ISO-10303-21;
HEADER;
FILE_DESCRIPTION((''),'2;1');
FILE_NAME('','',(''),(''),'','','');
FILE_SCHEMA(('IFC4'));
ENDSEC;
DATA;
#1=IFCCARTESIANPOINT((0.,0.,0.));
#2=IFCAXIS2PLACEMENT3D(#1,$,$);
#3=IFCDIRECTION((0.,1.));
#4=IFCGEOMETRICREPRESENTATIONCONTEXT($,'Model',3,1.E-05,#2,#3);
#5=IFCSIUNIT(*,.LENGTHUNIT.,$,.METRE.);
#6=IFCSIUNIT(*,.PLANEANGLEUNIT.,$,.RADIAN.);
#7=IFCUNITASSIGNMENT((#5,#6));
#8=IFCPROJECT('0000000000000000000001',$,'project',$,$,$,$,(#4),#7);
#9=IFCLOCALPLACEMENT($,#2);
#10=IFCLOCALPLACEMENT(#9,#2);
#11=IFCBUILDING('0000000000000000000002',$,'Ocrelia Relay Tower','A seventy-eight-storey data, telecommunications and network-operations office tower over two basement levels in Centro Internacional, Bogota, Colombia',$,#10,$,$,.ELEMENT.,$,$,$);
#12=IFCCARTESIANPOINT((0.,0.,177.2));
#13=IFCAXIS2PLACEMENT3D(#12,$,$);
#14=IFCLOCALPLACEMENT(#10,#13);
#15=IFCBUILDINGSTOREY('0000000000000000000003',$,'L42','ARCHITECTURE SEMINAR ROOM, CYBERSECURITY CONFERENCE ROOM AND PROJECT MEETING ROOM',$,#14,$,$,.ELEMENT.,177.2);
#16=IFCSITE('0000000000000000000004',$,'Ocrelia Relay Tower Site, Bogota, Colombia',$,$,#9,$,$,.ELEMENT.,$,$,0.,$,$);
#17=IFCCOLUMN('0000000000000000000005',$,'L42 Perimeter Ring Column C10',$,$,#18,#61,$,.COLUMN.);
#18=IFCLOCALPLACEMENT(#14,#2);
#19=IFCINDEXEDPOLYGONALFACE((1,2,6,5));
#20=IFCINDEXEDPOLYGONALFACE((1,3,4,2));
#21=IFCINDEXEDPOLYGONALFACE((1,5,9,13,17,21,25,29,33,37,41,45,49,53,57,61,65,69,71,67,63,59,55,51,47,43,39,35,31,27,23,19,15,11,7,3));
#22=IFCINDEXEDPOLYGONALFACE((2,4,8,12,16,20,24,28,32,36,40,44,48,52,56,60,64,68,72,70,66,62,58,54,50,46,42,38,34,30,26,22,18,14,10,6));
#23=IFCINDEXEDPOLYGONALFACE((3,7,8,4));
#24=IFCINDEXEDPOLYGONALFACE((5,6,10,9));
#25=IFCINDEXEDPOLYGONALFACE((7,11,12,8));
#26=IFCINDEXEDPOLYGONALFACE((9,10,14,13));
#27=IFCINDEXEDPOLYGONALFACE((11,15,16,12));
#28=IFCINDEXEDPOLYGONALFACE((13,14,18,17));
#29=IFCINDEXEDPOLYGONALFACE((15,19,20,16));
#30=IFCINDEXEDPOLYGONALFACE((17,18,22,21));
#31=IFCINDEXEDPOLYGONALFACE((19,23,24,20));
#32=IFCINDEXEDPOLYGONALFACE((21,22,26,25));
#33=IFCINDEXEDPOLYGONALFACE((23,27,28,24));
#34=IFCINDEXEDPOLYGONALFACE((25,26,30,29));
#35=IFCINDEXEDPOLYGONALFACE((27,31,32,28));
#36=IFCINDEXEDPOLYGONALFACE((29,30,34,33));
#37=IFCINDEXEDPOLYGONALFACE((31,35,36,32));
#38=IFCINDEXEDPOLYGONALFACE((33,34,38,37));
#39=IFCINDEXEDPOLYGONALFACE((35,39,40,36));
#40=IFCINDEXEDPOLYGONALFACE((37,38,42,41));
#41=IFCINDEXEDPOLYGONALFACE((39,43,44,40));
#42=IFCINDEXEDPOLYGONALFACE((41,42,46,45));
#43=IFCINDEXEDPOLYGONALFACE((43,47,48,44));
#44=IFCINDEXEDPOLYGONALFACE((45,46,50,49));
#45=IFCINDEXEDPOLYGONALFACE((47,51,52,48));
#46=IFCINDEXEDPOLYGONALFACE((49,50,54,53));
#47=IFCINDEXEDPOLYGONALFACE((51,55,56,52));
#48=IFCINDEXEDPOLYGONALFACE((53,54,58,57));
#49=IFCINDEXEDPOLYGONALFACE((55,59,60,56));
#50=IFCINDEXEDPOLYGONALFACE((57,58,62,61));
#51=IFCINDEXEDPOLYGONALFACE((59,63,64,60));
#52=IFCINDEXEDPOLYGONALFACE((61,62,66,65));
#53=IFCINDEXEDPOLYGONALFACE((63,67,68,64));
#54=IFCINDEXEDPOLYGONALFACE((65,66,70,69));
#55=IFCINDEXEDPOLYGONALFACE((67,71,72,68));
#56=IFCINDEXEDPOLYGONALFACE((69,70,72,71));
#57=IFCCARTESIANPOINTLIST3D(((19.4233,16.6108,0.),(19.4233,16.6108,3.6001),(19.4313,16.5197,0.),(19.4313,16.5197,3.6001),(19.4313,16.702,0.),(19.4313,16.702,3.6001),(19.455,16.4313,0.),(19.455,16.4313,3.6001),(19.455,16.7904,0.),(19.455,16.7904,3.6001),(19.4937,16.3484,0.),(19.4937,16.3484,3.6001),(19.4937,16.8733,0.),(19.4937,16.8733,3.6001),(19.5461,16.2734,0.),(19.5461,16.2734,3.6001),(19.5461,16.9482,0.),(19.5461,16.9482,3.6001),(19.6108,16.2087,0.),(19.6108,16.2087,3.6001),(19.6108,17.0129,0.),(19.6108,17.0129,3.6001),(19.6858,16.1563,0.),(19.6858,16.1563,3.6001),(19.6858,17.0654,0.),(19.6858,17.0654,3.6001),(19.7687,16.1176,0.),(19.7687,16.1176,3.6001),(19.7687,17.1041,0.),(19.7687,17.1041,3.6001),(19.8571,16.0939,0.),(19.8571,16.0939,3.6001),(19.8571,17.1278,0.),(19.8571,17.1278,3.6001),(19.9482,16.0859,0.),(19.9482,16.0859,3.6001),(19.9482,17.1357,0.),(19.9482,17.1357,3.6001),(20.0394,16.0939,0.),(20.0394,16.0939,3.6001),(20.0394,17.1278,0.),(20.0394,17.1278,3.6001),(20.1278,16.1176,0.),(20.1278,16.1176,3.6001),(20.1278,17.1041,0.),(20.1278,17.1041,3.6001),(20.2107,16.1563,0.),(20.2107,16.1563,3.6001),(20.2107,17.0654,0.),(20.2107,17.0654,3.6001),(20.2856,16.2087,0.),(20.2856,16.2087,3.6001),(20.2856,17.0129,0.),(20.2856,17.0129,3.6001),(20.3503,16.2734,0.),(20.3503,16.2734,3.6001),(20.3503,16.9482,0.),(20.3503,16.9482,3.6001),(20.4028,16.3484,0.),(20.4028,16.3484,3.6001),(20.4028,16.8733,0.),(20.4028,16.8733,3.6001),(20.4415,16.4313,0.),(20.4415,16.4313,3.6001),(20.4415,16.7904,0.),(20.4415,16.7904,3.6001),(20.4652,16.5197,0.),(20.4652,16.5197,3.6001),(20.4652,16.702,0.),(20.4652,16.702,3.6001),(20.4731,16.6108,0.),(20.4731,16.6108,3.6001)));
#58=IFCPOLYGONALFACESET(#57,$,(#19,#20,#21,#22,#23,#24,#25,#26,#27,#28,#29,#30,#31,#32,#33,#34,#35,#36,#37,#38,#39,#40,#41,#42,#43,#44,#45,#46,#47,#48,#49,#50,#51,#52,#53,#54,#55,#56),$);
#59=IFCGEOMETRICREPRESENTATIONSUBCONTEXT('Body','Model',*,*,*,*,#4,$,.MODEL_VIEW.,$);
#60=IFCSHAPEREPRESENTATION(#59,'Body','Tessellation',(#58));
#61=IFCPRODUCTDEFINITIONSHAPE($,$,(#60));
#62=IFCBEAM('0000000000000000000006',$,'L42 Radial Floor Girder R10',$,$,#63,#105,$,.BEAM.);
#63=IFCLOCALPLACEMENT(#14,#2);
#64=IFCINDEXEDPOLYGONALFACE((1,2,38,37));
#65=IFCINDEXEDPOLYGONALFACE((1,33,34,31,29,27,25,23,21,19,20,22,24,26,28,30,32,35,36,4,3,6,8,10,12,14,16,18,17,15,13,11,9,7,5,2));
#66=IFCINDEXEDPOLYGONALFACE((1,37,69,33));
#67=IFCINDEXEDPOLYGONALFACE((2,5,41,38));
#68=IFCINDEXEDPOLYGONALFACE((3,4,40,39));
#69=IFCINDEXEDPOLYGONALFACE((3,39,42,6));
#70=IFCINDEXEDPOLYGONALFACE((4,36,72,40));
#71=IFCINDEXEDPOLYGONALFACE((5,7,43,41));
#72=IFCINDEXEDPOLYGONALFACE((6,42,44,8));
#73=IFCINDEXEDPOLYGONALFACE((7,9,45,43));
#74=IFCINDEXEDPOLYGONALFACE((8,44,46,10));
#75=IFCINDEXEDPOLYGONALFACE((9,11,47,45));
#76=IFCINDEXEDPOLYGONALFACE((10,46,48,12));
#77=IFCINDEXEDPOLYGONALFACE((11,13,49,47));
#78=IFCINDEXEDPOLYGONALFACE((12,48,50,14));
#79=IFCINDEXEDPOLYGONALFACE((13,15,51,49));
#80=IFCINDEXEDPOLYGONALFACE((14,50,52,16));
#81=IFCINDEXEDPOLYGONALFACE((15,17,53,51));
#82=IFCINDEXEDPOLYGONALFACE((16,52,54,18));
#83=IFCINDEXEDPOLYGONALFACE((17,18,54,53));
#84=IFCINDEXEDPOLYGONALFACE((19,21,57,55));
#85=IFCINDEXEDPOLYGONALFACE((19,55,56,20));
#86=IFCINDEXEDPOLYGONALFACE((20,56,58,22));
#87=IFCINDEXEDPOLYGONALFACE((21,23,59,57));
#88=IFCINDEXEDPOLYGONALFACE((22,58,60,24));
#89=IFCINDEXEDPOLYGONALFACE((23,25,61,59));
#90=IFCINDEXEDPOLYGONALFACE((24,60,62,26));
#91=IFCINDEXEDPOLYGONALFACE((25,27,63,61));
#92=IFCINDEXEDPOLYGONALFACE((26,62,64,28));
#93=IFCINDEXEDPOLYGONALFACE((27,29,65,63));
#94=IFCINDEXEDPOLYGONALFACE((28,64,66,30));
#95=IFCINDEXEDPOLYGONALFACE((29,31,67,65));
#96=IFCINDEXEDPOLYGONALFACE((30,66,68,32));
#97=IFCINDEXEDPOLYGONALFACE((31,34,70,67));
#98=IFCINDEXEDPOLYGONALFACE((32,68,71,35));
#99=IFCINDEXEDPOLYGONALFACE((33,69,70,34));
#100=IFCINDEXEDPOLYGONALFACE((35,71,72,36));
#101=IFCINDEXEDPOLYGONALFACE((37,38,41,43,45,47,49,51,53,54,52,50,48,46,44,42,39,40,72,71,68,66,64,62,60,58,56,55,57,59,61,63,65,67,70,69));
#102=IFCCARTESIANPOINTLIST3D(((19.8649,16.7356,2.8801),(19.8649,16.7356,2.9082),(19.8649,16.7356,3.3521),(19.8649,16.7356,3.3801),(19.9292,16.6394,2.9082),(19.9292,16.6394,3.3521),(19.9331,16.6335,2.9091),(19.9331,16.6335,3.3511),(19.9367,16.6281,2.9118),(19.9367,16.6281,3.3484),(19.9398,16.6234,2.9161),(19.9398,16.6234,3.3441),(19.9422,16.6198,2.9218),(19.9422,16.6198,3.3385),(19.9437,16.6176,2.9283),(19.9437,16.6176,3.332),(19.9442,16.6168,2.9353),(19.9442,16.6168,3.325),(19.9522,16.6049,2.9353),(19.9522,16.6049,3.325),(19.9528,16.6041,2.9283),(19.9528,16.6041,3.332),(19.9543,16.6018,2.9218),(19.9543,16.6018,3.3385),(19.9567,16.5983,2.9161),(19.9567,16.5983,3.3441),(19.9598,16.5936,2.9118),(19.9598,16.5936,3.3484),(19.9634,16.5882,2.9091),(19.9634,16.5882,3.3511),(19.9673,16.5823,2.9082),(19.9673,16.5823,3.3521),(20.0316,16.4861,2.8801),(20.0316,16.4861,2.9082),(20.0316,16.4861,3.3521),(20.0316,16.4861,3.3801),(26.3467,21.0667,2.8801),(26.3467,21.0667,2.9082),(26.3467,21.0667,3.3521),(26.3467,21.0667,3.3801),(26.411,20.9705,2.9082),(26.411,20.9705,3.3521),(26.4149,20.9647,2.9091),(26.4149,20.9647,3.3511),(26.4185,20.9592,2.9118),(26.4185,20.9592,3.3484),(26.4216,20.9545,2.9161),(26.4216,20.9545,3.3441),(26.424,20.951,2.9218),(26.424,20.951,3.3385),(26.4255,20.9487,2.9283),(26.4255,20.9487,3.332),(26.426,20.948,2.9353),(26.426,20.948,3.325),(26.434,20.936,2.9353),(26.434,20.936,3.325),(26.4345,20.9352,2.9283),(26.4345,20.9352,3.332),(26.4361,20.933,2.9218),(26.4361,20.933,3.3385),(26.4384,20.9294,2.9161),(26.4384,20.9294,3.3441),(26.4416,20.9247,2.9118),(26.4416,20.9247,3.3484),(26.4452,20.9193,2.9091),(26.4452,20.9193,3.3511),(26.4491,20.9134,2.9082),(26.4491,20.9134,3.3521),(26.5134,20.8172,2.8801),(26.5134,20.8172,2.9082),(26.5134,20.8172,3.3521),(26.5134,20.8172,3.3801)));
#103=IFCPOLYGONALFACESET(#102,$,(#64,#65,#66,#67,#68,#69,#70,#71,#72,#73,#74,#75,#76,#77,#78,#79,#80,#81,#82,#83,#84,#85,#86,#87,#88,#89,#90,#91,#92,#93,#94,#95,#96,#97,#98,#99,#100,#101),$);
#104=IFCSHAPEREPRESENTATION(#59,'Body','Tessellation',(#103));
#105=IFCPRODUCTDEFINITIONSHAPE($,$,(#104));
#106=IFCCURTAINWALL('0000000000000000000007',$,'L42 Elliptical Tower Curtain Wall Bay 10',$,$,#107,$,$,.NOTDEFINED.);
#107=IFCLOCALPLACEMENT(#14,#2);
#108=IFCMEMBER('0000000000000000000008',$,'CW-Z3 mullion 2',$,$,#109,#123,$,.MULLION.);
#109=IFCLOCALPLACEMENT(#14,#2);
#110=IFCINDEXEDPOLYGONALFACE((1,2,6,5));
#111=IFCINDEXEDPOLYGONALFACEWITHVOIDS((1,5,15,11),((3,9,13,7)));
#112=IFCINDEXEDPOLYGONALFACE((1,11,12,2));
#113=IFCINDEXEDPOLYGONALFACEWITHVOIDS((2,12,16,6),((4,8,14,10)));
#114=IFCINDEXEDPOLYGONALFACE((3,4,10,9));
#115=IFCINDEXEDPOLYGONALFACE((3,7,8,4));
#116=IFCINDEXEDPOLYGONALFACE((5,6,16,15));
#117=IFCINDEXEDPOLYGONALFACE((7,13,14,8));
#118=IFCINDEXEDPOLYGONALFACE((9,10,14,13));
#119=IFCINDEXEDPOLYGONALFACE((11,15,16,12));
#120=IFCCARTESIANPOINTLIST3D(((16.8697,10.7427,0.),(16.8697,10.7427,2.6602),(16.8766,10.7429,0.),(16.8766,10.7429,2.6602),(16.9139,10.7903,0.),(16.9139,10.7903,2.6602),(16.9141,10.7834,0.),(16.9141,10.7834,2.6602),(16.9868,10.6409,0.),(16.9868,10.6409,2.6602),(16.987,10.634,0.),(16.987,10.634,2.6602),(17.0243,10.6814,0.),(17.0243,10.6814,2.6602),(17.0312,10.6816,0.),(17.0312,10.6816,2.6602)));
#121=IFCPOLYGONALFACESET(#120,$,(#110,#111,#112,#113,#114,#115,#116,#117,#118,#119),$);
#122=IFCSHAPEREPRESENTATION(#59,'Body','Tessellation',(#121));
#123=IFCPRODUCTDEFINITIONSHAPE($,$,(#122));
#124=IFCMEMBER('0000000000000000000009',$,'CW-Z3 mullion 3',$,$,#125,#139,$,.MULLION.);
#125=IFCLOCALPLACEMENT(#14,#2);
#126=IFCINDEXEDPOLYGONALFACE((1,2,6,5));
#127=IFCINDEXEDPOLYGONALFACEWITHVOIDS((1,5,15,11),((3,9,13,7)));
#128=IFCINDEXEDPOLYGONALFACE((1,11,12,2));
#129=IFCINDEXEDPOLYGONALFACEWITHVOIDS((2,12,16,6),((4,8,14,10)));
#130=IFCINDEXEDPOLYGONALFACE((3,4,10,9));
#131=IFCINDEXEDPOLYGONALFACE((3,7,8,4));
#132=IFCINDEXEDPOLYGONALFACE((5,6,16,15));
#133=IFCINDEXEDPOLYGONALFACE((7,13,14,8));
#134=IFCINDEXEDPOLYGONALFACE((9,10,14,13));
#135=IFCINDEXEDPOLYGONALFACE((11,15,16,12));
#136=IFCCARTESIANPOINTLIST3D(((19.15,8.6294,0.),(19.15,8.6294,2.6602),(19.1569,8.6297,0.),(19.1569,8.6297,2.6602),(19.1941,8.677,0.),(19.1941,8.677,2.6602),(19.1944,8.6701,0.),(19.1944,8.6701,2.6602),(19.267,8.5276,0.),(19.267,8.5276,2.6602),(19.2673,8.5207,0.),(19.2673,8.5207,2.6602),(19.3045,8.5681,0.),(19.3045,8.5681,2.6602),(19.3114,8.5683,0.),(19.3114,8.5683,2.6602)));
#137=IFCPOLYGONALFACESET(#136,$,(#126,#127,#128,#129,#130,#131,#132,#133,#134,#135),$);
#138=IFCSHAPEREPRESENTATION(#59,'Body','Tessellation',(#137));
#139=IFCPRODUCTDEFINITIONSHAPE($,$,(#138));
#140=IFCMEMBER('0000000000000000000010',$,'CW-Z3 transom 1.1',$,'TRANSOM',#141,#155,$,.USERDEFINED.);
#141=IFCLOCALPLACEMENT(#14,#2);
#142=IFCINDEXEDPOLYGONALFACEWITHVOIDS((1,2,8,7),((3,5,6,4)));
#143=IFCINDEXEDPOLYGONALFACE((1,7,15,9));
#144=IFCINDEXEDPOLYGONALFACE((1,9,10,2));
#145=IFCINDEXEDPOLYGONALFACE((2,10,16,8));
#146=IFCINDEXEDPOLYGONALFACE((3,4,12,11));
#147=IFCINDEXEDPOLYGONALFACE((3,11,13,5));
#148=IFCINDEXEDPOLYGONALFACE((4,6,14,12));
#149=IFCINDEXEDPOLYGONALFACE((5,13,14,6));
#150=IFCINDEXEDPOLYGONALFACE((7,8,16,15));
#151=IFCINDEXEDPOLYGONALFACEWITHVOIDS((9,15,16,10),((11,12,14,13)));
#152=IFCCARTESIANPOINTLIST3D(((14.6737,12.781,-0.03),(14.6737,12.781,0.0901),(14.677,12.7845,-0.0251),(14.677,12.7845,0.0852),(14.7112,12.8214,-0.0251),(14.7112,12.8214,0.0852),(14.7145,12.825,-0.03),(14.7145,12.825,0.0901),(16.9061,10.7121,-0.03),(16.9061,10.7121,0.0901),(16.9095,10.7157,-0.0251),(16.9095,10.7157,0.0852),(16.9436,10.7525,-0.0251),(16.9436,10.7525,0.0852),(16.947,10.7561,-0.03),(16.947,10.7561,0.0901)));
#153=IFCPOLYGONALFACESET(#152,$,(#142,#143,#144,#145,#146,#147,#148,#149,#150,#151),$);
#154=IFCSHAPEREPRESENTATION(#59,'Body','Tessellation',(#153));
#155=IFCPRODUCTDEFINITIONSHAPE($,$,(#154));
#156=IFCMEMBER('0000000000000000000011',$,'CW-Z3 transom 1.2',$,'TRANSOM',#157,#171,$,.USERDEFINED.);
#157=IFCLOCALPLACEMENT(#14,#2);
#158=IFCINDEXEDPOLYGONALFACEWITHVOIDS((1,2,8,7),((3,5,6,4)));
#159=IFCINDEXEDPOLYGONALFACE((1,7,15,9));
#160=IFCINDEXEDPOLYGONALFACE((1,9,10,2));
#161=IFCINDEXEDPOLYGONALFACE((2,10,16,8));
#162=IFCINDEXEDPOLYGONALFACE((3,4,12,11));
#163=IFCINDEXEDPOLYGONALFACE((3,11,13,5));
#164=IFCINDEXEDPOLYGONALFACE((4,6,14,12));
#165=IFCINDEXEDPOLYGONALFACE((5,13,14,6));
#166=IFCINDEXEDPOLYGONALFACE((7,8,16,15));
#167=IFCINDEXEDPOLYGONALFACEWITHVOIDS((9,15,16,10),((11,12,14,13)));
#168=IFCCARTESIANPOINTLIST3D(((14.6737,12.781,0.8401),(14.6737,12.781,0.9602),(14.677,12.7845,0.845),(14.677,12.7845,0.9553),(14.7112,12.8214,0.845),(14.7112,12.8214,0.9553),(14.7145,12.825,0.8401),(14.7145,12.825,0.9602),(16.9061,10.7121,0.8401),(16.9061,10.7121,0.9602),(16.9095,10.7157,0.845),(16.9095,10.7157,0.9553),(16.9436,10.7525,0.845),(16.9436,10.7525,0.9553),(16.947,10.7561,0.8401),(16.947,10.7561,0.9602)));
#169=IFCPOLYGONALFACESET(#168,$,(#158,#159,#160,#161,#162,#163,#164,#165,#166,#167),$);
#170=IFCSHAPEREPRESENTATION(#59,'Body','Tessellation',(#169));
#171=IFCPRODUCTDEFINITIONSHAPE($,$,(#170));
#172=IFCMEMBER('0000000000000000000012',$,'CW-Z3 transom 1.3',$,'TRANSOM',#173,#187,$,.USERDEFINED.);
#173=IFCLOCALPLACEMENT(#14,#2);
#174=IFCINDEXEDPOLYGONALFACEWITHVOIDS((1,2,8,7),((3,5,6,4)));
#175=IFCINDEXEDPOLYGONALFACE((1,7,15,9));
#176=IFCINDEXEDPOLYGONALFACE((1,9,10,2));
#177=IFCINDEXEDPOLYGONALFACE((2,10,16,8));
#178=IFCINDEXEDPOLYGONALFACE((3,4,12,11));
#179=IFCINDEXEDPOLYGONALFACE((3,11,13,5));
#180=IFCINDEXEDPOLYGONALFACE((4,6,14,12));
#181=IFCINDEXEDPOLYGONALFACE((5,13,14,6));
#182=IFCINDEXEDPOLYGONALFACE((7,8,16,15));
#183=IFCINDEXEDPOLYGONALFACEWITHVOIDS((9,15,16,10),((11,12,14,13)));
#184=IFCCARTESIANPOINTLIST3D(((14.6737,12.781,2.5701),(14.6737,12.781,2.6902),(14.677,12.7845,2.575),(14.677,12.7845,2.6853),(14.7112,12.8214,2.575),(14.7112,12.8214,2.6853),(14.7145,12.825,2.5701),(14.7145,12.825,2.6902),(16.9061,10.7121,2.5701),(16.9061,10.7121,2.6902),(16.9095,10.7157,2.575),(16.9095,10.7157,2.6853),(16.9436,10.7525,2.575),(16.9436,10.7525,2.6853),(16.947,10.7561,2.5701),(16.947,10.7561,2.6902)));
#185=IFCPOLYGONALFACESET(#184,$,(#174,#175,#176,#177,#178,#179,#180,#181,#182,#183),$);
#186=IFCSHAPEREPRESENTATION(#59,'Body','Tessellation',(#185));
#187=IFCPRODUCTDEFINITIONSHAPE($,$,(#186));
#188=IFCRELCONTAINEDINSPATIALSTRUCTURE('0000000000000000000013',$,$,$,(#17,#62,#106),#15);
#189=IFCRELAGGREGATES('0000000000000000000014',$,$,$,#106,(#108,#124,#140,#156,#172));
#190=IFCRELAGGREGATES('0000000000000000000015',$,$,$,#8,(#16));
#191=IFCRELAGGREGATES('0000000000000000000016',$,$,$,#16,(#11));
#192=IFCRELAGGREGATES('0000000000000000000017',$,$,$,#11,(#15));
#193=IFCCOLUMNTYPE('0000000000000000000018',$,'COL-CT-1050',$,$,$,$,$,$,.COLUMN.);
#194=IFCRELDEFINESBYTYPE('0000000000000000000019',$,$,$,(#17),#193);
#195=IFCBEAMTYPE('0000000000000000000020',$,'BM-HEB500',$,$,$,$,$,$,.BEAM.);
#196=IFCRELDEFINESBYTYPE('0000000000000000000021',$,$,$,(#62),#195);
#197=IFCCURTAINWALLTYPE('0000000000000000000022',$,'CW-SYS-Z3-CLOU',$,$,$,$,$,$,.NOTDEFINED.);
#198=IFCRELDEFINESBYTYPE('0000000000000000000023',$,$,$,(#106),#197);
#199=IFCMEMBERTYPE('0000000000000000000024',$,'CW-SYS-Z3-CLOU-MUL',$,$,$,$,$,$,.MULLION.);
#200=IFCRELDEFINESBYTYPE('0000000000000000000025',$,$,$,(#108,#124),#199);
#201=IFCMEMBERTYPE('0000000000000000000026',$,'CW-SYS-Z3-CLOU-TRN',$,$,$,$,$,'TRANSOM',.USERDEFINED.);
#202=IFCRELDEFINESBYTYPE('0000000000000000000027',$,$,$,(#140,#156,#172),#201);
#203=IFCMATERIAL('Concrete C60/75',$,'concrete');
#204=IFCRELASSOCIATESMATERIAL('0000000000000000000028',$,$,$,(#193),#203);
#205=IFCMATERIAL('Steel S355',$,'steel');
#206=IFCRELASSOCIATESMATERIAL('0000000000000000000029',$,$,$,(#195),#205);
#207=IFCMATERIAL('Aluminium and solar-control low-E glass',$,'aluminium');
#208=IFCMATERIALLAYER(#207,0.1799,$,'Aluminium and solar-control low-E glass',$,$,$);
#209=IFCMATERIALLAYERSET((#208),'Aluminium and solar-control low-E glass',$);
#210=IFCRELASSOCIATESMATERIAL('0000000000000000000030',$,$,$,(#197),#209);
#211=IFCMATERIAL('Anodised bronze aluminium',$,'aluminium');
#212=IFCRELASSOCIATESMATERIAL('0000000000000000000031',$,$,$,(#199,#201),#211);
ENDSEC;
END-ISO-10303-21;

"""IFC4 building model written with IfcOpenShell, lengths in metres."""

from ifc_helpers import new_model, si_unit, direction, frame, origin, origin_2d, place, context, subcontext, project, spatial, hollow_rectangle, circle, i_section, extrude, material, layer, layer_set, material_profile, profile_set, type_object, element, aggregate, save


model = new_model("IFC4")

# Units and contexts
model_context = context("Model", 3, precision=1e-05, world=origin(), true_north=direction((0.0, 1.0)))
body_context = subcontext(model_context, "Body", "Model", "MODEL_VIEW")
ifc_project = project(units=[si_unit("LENGTHUNIT", "METRE"), si_unit("PLANEANGLEUNIT", "RADIAN")], contexts=[model_context])

# Site, building, storey
site_placement = place(None, origin())
site = spatial("IfcSite", under=ifc_project, at=site_placement, Name="Ocrelia Relay Tower Site, Bogota, Colombia", CompositionType="ELEMENT", RefElevation=0.0)
building_placement = place(site_placement, origin())
building = spatial("IfcBuilding", under=site, at=building_placement, Name="Ocrelia Relay Tower", Description="A seventy-eight-storey data, telecommunications and network-operations office tower over two basement levels in Centro Internacional, Bogota, Colombia", CompositionType="ELEMENT")
storey_placement = place(building_placement, frame((0.0, 0.0, 177.2)))
storey = spatial("IfcBuildingStorey", under=building, at=storey_placement, Name="L42", Description="ARCHITECTURE SEMINAR ROOM, CYBERSECURITY CONFERENCE ROOM AND PROJECT MEETING ROOM", CompositionType="ELEMENT", Elevation=177.2)

# Column
ifc_material_1 = material(Name="Concrete C60/75", Category="concrete")
ifc_material_profile_1 = material_profile(ifc_material_1, circle(Radius=0.5249, at=origin_2d()), Name="RC-CIR-1050")
ifc_profile_set_1 = profile_set([ifc_material_profile_1], Name="Concrete C60/75")
column_type = type_object("IfcColumnType", Name="COL-CT-1050", PredefinedType="COLUMN", material=ifc_profile_set_1)
column_placement = place(storey_placement, frame((19.9482, 16.6108, 0.0), z_axis=(0.0, 0.0, 1.0), x_axis=(1.0, 0.0, 0.0)))
element("IfcColumn", 1, at=column_placement, inside=storey, type_object=column_type, Name="L42 Perimeter Ring Column C10", PredefinedType="COLUMN", context=body_context, shape_type="SweptSolid", body=[
    extrude(circle(Radius=0.5249, at=origin_2d()), origin(), (0.0, 0.0, 1.0), 3.6001),
])

# Beam
ifc_material_2 = material(Name="Steel S355", Category="steel")
ifc_material_profile_2 = material_profile(ifc_material_2, i_section(OverallWidth=0.3, OverallDepth=0.5, WebThickness=0.0144, FlangeThickness=0.0281, FilletRadius=0.0271, at=origin_2d()), Name="HEB 500")
ifc_profile_set_2 = profile_set([ifc_material_profile_2], Name="Steel S355")
beam_type = type_object("IfcBeamType", Name="BM-HEB500", PredefinedType="BEAM", material=ifc_profile_set_2)
beam_placement = place(storey_placement, frame((19.9482, 16.6108, 3.1301), z_axis=(0.831462, 0.555582, 0.0), x_axis=(-0.555582, 0.831462, 0.0)))
element("IfcBeam", 2, at=beam_placement, inside=storey, type_object=beam_type, Name="L42 Radial Floor Girder R10", PredefinedType="BEAM", context=body_context, shape_type="SweptSolid", body=[
    extrude(i_section(OverallWidth=0.3, OverallDepth=0.5, WebThickness=0.0144, FlangeThickness=0.0281, FilletRadius=0.0271, at=origin_2d()), origin(), (0.0, 0.0, 1.0), 7.7957),
])

# Curtain wall, members
ifc_material_3 = material(Name="Aluminium and solar-control low-E glass", Category="aluminium")
ifc_layer_1 = layer(ifc_material_3, 0.1799, Name="Aluminium and solar-control low-E glass")
ifc_layer_set_1 = layer_set([ifc_layer_1], Name="Aluminium and solar-control low-E glass")
curtain_wall_type = type_object("IfcCurtainWallType", Name="CW-SYS-Z3-CLOU", PredefinedType="NOTDEFINED", material=ifc_layer_set_1)
curtain_wall_placement = place(storey_placement, origin())
curtain_wall = element("IfcCurtainWall", 3, at=curtain_wall_placement, inside=storey, type_object=curtain_wall_type, Name="L42 Elliptical Tower Curtain Wall Bay 10", PredefinedType="NOTDEFINED")
ifc_material_4 = material(Name="Anodised bronze aluminium", Category="aluminium")
ifc_material_profile_3 = material_profile(ifc_material_4, hollow_rectangle(XDim=0.0649, YDim=0.1599, WallThickness=0.0049, at=origin_2d()), Name="CW-MUL-160x65")
ifc_profile_set_3 = profile_set([ifc_material_profile_3], Name="Anodised bronze aluminium")
member_type_1 = type_object("IfcMemberType", Name="CW-SYS-Z3-CLOU-MUL", PredefinedType="MULLION", material=ifc_profile_set_3)
member_1_placement = place(storey_placement, frame((16.9504, 10.7122, 0.0), z_axis=(0.0, 0.0, 1.0), x_axis=(0.679696, 0.733494, 0.0)))
member_1 = element("IfcMember", 4, at=member_1_placement, type_object=member_type_1, Name="CW-Z3 mullion 2", PredefinedType="MULLION", context=body_context, shape_type="SweptSolid", body=[
    extrude(hollow_rectangle(XDim=0.0649, YDim=0.1599, WallThickness=0.0049, at=origin_2d()), origin(), (0.0, 0.0, 1.0), 2.6602),
])
member_2_placement = place(storey_placement, frame((19.2307, 8.5989, 0.0), z_axis=(0.0, 0.0, 1.0), x_axis=(0.679696, 0.733494, 0.0)))
member_2 = element("IfcMember", 5, at=member_2_placement, type_object=member_type_1, Name="CW-Z3 mullion 3", PredefinedType="MULLION", context=body_context, shape_type="SweptSolid", body=[
    extrude(hollow_rectangle(XDim=0.0649, YDim=0.1599, WallThickness=0.0049, at=origin_2d()), origin(), (0.0, 0.0, 1.0), 2.6602),
])
ifc_material_profile_4 = material_profile(ifc_material_4, hollow_rectangle(XDim=0.0601, YDim=0.1201, WallThickness=0.0049, at=origin_2d()), Name="CW-TRN-120x60")
ifc_profile_set_4 = profile_set([ifc_material_profile_4], Name="Anodised bronze aluminium")
member_type_2 = type_object("IfcMemberType", Name="CW-SYS-Z3-CLOU-TRN", ElementType="TRANSOM", PredefinedType="USERDEFINED", material=ifc_profile_set_4)
member_3_placement = place(storey_placement, frame((14.6941, 12.803, 0.03), z_axis=(0.733467, -0.679725, 0.0), x_axis=(0.679725, 0.733467, 0.0)))
member_3 = element("IfcMember", 6, at=member_3_placement, type_object=member_type_2, Name="CW-Z3 transom 1.1", ObjectType="TRANSOM", PredefinedType="USERDEFINED", context=body_context, shape_type="SweptSolid", body=[
    extrude(hollow_rectangle(XDim=0.0601, YDim=0.1201, WallThickness=0.0049, at=origin_2d()), origin(), (0.0, 0.0, 1.0), 3.0437),
])
member_4_placement = place(storey_placement, frame((14.6941, 12.803, 0.9001), z_axis=(0.733467, -0.679725, 0.0), x_axis=(0.679725, 0.733467, 0.0)))
member_4 = element("IfcMember", 7, at=member_4_placement, type_object=member_type_2, Name="CW-Z3 transom 1.2", ObjectType="TRANSOM", PredefinedType="USERDEFINED", context=body_context, shape_type="SweptSolid", body=[
    extrude(hollow_rectangle(XDim=0.0601, YDim=0.1201, WallThickness=0.0049, at=origin_2d()), origin(), (0.0, 0.0, 1.0), 3.0437),
])
member_5_placement = place(storey_placement, frame((14.6941, 12.803, 2.6301), z_axis=(0.733467, -0.679725, 0.0), x_axis=(0.679725, 0.733467, 0.0)))
member_5 = element("IfcMember", 8, at=member_5_placement, type_object=member_type_2, Name="CW-Z3 transom 1.3", ObjectType="TRANSOM", PredefinedType="USERDEFINED", context=body_context, shape_type="SweptSolid", body=[
    extrude(hollow_rectangle(XDim=0.0601, YDim=0.1201, WallThickness=0.0049, at=origin_2d()), origin(), (0.0, 0.0, 1.0), 3.0437),
])
aggregate(curtain_wall, [member_1, member_2, member_3, member_4, member_5])

save(model, "model.ifc")
